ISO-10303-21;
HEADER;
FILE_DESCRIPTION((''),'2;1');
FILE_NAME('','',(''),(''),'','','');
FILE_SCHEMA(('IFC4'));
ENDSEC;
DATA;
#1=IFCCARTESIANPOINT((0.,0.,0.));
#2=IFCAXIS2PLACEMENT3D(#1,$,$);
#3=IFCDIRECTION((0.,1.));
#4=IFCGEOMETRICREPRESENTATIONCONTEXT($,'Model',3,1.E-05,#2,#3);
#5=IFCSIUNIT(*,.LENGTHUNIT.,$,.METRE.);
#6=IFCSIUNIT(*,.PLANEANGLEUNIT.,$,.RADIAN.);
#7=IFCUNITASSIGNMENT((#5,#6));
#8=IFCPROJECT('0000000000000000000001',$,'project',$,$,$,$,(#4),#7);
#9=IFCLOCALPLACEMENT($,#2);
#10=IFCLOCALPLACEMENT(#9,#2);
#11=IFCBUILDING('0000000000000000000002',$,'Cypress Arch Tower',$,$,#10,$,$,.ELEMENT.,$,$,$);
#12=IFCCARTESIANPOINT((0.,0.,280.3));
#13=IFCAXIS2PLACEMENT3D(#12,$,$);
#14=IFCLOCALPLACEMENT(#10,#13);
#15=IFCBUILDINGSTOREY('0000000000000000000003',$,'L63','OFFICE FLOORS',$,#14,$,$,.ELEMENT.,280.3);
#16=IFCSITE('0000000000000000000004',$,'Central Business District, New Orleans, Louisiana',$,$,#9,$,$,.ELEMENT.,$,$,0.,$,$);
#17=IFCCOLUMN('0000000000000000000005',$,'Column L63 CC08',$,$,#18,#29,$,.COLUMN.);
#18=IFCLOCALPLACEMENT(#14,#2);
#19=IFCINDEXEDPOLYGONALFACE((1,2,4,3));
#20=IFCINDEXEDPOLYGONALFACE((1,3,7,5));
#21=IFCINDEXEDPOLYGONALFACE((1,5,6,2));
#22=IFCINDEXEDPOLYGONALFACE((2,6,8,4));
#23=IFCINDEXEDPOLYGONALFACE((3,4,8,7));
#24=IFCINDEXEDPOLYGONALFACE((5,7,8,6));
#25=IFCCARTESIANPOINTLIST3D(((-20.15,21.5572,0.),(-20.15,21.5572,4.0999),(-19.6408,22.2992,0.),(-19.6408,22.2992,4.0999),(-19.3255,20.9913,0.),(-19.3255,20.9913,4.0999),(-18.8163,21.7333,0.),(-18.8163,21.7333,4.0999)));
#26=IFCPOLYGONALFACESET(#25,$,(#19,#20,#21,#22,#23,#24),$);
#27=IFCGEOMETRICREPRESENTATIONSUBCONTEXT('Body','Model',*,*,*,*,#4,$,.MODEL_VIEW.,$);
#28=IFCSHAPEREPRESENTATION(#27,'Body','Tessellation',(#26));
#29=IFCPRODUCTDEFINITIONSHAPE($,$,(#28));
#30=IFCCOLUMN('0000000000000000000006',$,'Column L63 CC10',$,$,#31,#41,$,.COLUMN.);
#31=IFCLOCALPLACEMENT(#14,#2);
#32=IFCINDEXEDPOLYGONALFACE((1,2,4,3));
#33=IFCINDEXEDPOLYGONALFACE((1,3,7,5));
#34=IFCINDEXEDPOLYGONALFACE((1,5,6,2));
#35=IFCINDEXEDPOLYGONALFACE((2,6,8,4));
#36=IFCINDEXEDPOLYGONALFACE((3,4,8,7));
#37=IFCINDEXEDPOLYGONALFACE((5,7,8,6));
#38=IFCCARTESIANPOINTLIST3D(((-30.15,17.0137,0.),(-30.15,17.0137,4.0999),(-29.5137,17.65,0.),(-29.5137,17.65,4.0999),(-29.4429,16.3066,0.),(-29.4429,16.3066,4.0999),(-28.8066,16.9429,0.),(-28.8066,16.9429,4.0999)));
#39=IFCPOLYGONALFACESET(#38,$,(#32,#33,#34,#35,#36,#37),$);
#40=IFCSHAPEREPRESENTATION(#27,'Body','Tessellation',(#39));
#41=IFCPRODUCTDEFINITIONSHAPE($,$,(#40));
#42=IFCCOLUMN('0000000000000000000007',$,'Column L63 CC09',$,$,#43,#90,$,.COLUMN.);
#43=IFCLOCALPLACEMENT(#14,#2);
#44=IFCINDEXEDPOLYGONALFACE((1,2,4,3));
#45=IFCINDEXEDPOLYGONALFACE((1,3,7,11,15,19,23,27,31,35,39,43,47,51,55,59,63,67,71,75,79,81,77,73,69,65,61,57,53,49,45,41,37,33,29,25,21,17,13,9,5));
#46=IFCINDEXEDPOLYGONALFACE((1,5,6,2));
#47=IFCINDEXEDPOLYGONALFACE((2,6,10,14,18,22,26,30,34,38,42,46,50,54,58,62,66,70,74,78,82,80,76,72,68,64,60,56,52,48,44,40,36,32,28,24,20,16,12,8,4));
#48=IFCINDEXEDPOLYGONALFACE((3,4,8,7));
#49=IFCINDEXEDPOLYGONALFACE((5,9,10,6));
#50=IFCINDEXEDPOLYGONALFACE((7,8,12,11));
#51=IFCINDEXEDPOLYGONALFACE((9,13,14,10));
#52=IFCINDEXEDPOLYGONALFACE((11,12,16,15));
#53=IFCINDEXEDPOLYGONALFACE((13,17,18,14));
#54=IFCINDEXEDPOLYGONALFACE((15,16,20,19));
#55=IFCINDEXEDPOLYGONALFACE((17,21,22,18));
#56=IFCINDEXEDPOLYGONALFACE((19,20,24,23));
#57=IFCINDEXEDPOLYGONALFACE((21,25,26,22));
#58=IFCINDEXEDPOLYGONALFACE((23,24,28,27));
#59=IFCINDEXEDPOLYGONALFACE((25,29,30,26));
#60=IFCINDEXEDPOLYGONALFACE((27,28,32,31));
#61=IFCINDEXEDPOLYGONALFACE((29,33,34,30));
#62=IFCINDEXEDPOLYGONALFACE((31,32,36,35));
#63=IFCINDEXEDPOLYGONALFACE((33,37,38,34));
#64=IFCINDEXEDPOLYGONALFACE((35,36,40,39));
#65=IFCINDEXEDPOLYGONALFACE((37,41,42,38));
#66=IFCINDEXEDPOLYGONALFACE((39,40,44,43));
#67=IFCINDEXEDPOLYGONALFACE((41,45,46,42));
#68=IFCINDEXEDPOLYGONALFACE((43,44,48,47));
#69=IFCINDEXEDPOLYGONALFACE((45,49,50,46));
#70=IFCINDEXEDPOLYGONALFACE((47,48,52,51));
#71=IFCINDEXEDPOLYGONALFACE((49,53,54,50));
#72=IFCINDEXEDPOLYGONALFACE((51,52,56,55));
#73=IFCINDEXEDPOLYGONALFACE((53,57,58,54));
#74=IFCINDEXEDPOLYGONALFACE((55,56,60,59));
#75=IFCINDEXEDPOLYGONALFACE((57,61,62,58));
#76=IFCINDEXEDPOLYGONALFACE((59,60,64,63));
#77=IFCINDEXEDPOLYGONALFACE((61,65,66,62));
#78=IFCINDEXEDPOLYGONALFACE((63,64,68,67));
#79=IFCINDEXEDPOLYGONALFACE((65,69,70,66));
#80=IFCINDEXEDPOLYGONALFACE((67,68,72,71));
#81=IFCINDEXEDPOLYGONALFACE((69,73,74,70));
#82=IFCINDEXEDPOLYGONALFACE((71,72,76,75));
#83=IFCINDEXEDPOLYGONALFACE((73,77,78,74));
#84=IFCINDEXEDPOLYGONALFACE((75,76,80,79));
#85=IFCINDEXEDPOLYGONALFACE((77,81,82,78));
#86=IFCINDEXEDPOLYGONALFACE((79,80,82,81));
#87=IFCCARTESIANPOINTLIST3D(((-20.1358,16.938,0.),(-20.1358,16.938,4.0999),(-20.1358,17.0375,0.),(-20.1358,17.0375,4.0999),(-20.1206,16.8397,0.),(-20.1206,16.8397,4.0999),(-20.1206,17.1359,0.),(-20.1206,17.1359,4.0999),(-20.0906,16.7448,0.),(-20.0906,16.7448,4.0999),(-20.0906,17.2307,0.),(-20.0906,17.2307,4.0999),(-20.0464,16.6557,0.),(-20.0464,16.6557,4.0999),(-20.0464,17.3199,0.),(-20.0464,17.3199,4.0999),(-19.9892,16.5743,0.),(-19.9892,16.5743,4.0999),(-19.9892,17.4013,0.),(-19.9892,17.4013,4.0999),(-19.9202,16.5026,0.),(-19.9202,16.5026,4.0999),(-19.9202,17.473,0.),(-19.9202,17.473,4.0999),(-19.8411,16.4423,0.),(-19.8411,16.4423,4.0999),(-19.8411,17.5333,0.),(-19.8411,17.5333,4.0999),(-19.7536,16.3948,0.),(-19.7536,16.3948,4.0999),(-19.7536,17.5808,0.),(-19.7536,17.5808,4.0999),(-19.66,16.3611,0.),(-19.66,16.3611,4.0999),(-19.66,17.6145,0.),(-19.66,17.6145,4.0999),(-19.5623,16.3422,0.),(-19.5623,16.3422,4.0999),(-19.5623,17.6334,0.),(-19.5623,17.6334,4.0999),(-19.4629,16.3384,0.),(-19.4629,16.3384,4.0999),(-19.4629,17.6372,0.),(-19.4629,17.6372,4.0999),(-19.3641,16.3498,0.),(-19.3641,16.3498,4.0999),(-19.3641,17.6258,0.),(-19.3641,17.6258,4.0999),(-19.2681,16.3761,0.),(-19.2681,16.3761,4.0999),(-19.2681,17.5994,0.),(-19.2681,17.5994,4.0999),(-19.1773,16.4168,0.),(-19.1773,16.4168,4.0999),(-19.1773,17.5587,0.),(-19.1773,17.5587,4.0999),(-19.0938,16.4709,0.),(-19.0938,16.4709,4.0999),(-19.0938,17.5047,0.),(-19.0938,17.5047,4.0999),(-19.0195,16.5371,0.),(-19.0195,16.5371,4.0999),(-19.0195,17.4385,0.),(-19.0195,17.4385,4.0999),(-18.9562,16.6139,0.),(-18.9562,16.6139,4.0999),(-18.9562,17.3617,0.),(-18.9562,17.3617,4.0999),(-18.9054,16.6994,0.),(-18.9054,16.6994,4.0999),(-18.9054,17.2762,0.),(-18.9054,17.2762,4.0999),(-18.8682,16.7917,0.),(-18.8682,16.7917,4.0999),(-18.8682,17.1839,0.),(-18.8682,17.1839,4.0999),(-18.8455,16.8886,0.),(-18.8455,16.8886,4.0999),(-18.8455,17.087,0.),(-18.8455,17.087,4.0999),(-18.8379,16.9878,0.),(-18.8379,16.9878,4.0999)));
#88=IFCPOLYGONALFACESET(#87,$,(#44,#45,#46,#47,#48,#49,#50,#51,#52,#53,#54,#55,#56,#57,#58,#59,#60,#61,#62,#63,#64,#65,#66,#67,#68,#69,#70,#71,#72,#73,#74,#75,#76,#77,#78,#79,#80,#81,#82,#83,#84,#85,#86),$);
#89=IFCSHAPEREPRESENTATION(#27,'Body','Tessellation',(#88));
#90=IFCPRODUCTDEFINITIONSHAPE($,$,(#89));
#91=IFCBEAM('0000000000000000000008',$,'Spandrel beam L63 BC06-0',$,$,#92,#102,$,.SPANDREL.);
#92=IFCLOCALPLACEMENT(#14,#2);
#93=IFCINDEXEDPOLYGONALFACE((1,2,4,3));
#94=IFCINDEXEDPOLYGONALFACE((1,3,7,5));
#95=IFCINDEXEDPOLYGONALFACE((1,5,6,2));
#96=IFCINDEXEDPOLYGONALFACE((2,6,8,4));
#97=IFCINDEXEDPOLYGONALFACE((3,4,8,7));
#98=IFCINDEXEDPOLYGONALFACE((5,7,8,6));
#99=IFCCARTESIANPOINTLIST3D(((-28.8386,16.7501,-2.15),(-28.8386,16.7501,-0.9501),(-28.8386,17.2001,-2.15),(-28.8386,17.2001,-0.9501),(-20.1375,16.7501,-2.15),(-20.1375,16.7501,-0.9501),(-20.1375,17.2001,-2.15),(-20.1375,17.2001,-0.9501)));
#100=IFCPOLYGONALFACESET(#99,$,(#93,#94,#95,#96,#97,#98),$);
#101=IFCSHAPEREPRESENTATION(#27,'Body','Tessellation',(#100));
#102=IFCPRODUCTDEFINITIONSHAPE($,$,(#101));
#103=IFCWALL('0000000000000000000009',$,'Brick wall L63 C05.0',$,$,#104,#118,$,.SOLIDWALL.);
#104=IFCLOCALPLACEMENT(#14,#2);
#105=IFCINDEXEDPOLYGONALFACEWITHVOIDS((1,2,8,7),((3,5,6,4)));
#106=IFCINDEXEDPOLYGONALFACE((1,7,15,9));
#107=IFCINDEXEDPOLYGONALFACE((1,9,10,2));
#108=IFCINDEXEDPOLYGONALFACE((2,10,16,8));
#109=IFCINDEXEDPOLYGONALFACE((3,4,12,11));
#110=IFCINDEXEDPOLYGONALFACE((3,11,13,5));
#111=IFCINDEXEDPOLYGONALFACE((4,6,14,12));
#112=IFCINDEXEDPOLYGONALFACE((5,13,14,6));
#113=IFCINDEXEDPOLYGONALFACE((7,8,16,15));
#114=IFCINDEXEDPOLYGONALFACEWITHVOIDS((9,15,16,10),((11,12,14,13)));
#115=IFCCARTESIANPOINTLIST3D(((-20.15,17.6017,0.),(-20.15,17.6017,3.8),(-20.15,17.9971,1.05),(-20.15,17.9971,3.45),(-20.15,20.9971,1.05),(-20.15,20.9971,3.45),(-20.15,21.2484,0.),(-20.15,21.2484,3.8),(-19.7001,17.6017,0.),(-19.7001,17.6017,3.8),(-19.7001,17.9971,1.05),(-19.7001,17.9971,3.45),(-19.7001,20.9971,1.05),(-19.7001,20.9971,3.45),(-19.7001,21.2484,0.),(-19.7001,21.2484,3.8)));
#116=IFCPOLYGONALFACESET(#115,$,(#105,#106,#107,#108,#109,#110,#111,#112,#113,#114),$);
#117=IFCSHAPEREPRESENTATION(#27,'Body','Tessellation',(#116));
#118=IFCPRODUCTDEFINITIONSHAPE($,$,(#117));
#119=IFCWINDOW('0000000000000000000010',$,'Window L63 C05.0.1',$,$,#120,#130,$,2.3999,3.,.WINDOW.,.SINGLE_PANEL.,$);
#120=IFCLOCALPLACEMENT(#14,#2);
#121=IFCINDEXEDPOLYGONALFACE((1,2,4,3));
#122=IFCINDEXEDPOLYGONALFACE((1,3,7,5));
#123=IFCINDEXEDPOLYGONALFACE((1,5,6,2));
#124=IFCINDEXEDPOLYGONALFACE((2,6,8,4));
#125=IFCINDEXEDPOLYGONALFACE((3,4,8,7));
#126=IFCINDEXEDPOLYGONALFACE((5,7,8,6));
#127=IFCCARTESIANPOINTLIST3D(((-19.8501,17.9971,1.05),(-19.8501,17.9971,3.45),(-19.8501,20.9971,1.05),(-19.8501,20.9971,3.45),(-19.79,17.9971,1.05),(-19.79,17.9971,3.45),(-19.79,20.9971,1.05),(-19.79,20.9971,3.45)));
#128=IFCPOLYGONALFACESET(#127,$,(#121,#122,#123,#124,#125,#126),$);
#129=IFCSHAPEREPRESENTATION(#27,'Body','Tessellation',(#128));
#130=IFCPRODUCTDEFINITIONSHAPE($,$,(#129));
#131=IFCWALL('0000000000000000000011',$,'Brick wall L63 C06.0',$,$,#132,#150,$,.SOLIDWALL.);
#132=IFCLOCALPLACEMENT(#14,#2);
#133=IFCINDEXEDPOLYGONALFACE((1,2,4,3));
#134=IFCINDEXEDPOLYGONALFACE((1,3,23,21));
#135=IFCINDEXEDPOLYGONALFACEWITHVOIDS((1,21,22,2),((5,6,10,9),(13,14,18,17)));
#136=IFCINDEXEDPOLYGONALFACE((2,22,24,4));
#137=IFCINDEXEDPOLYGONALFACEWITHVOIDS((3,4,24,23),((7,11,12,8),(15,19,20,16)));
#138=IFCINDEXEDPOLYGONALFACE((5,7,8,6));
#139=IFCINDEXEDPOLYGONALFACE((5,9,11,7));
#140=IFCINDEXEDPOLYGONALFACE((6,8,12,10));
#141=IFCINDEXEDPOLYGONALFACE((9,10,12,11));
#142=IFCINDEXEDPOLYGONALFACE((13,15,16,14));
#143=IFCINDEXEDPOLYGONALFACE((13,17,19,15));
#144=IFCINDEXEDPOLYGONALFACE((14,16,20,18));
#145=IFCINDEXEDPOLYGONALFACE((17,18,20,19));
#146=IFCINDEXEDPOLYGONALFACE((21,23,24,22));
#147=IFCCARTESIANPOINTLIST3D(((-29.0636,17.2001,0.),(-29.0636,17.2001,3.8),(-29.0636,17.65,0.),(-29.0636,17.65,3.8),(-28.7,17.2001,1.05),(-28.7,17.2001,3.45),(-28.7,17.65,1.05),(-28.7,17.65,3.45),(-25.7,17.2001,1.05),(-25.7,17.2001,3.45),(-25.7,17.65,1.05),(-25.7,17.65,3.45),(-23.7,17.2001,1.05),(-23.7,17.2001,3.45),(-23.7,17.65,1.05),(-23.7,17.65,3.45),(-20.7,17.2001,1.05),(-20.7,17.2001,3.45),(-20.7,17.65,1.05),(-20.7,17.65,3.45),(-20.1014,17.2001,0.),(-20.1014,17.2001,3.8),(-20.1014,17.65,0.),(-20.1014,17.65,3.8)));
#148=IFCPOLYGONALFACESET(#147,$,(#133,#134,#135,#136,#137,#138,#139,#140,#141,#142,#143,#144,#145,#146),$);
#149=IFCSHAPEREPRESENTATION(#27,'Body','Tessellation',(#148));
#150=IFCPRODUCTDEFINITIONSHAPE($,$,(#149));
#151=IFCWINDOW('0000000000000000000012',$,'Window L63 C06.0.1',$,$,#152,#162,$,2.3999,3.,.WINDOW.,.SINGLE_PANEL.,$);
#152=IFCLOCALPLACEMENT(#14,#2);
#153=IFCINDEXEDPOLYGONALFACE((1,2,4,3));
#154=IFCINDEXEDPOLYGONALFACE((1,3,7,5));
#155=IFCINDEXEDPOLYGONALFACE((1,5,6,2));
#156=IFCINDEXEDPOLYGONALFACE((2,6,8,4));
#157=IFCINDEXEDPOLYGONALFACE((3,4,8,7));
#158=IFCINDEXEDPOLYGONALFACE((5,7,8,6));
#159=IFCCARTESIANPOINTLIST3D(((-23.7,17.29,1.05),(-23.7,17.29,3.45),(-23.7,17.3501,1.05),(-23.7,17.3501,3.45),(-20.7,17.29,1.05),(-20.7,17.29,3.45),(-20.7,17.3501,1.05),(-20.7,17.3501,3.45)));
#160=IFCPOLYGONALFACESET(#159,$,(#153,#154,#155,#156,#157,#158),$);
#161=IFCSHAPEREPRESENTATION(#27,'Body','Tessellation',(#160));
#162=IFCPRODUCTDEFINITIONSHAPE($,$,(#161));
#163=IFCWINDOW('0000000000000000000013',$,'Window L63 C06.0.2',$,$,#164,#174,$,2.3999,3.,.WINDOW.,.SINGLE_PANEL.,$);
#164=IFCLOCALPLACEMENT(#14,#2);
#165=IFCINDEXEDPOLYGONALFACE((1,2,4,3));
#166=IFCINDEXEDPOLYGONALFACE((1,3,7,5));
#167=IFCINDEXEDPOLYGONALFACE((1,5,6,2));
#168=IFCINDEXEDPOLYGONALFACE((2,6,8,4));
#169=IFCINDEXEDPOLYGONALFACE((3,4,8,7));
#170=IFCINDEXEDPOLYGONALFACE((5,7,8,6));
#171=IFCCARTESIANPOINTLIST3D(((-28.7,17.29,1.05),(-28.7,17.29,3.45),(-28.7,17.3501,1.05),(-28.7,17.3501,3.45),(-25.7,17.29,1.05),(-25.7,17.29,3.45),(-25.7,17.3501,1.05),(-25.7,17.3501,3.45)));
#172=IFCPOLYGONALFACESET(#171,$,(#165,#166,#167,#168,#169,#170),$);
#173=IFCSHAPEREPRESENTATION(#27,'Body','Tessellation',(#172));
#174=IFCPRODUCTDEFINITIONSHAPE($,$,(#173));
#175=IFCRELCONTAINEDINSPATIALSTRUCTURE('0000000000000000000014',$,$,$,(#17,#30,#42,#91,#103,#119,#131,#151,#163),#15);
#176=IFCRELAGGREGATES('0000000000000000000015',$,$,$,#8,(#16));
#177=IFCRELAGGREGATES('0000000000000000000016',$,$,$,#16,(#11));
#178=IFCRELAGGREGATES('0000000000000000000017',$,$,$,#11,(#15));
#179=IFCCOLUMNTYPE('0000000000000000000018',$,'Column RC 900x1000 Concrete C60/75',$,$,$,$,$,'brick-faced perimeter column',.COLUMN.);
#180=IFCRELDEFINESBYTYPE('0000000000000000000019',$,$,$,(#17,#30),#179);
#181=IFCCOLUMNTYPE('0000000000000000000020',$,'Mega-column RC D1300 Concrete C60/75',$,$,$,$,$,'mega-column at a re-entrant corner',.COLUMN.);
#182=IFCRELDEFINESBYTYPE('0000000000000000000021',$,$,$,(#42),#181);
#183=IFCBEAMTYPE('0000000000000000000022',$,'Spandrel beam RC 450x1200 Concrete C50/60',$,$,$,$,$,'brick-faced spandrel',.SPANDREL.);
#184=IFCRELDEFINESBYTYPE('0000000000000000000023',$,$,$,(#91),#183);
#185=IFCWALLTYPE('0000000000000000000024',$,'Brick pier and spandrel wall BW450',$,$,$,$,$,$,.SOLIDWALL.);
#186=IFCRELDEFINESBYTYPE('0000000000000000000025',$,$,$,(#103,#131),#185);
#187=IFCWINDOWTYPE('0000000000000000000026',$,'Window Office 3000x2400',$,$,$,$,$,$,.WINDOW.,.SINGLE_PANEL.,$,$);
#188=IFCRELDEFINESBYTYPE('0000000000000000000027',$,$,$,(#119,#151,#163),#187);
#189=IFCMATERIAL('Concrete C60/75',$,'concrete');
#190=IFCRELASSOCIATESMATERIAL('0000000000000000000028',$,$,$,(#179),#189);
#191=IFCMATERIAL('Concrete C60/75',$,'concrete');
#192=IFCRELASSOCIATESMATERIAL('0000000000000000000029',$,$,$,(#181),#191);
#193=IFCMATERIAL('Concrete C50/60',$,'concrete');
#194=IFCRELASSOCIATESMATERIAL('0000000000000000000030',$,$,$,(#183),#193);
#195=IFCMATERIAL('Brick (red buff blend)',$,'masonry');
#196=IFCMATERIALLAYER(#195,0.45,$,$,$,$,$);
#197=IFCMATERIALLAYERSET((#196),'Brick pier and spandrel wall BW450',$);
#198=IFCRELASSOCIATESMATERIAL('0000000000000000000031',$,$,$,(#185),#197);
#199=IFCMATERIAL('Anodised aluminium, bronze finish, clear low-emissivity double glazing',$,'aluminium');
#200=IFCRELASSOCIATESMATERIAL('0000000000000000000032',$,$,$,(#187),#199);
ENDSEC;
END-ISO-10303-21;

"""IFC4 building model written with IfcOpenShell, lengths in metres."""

from ifc_helpers import new_model, si_unit, direction, frame, frame_2d, origin, origin_2d, place, context, subcontext, project, spatial, rectangle, circle, extrude, material, layer, layer_set, material_profile, profile_set, type_object, element, fill, save


model = new_model("IFC4")

# Units and contexts
model_context = context("Model", 3, precision=1e-05, world=origin(), true_north=direction((0.0, 1.0)))
body_context = subcontext(model_context, "Body", "Model", "MODEL_VIEW")
ifc_project = project(units=[si_unit("LENGTHUNIT", "METRE"), si_unit("PLANEANGLEUNIT", "RADIAN")], contexts=[model_context])

# Site, building, storey
site_placement = place(None, origin())
site = spatial("IfcSite", under=ifc_project, at=site_placement, Name="Central Business District, New Orleans, Louisiana", CompositionType="ELEMENT", RefElevation=0.0)
building_placement = place(site_placement, origin())
building = spatial("IfcBuilding", under=site, at=building_placement, Name="Cypress Arch Tower", CompositionType="ELEMENT")
storey_placement = place(building_placement, frame((0.0, 0.0, 280.3)))
storey = spatial("IfcBuildingStorey", under=building, at=storey_placement, Name="L63", Description="OFFICE FLOORS", CompositionType="ELEMENT", Elevation=280.3)

# Columns
ifc_material_1 = material(Name="Concrete C60/75", Category="concrete")
ifc_material_profile_1 = material_profile(ifc_material_1, rectangle(XDim=0.8999, YDim=1.0, at=origin_2d()), Name="RC 900x1000")
ifc_profile_set_1 = profile_set([ifc_material_profile_1], Name="Concrete C60/75")
column_type_1 = type_object("IfcColumnType", Name="Column RC 900x1000 Concrete C60/75", ElementType="brick-faced perimeter column", PredefinedType="COLUMN", material=ifc_profile_set_1)
for number, where, z_axis, x_axis, name in (
    (1, (-19.4832, 21.6453, 0.0), (0.0, 0.0, 1.0), (-0.565893, -0.824479, 0.0), "Column L63 CC08"),
    (2, (-29.4783, 16.9783, 0.0), (0.0, 0.0, 1.0), (-0.707107, -0.707107, 0.0), "Column L63 CC10"),
):
    element("IfcColumn", number, at=place(storey_placement, frame(where, z_axis=z_axis, x_axis=x_axis)), inside=storey, type_object=column_type_1, Name=name, PredefinedType="COLUMN", context=body_context, shape_type="SweptSolid", body=[
        extrude(rectangle(XDim=0.8999, YDim=1.0, at=origin_2d()), origin(), (0.0, 0.0, 1.0), 4.0999),
    ])
ifc_material_2 = material(Name="Concrete C60/75", Category="concrete")
ifc_material_profile_2 = material_profile(ifc_material_2, circle(Radius=0.6499, at=origin_2d()), Name="RC D1300")
ifc_profile_set_2 = profile_set([ifc_material_profile_2], Name="Concrete C60/75")
column_type_2 = type_object("IfcColumnType", Name="Mega-column RC D1300 Concrete C60/75", ElementType="mega-column at a re-entrant corner", PredefinedType="COLUMN", material=ifc_profile_set_2)
column_placement = place(storey_placement, frame((-19.4878, 16.9878, 0.0), z_axis=(0.0, 0.0, 1.0), x_axis=(1.0, 0.0, 0.0)))
element("IfcColumn", 3, at=column_placement, inside=storey, type_object=column_type_2, Name="Column L63 CC09", PredefinedType="COLUMN", context=body_context, shape_type="SweptSolid", body=[
    extrude(circle(Radius=0.6499, at=origin_2d()), origin(), (0.0, 0.0, 1.0), 4.0999),
])

# Beam
ifc_material_3 = material(Name="Concrete C50/60", Category="concrete")
ifc_material_profile_3 = material_profile(ifc_material_3, rectangle(XDim=0.45, YDim=1.2, at=origin_2d()), Name="RC 450x1200")
ifc_profile_set_3 = profile_set([ifc_material_profile_3], Name="Concrete C50/60")
beam_type = type_object("IfcBeamType", Name="Spandrel beam RC 450x1200 Concrete C50/60", ElementType="brick-faced spandrel", PredefinedType="SPANDREL", material=ifc_profile_set_3)
beam_placement = place(storey_placement, frame((-20.1375, 16.9751, -1.55), z_axis=(-1.0, 0.0, 0.0), x_axis=(0.0, -1.0, 0.0)))
element("IfcBeam", 4, at=beam_placement, inside=storey, type_object=beam_type, Name="Spandrel beam L63 BC06-0", PredefinedType="SPANDREL", context=body_context, shape_type="SweptSolid", body=[
    extrude(rectangle(XDim=0.45, YDim=1.2, at=origin_2d()), origin(), (0.0, 0.0, 1.0), 8.7012),
])

# Wall, opening, window
ifc_material_4 = material(Name="Brick (red buff blend)", Category="masonry")
ifc_layer_1 = layer(ifc_material_4, 0.45)
ifc_layer_set_1 = layer_set([ifc_layer_1], Name="Brick pier and spandrel wall BW450")
wall_type_1 = type_object("IfcWallType", Name="Brick pier and spandrel wall BW450", PredefinedType="SOLIDWALL", material=ifc_layer_set_1)
wall_1_placement = place(storey_placement, frame((-19.925, 21.2483, 0.0), z_axis=(0.0, 0.0, 1.0), x_axis=(0.0, -1.0, 0.0)))
wall_1 = element("IfcWall", 5, at=wall_1_placement, inside=storey, type_object=wall_type_1, Name="Brick wall L63 C05.0", PredefinedType="SOLIDWALL", context=body_context, shape_type="SweptSolid", body=[
    extrude(rectangle(XDim=3.6467, YDim=0.45, at=frame_2d((1.8232, 0.0))), origin(), (0.0, 0.0, 1.0), 3.8),
])
opening_1_placement = place(wall_1_placement, frame((0.2512, 0.0, 1.05)))
opening_1 = element("IfcOpeningElement", 6, at=opening_1_placement, cuts=wall_1, PredefinedType="OPENING", context=body_context, shape_type="SweptSolid", body=[
    extrude(rectangle(XDim=3.0, YDim=2.3999, at=frame_2d((1.5, 1.2))), frame((0.0, 0.2349, 0.0), z_axis=(0.0, -1.0, 0.0), x_axis=(1.0, 0.0, 0.0)), (0.0, 0.0, 1.0), 0.47),
])
ifc_material_5 = material(Name="Anodised aluminium, bronze finish, clear low-emissivity double glazing", Category="aluminium")
window_type = type_object("IfcWindowType", Name="Window Office 3000x2400", PartitioningType="SINGLE_PANEL", PredefinedType="WINDOW", material=ifc_material_5)
window_1_placement = place(opening_1_placement, origin())
window_1 = element("IfcWindow", 7, at=window_1_placement, inside=storey, type_object=window_type, Name="Window L63 C05.0.1", OverallHeight=2.3999, OverallWidth=3.0, PartitioningType="SINGLE_PANEL", PredefinedType="WINDOW", context=body_context, shape_type="SweptSolid", body=[
    extrude(rectangle(XDim=3.0, YDim=2.3999, at=frame_2d((1.5, 1.2))), frame((0.0, 0.135, 0.0), z_axis=(0.0, -1.0, 0.0), x_axis=(1.0, 0.0, 0.0)), (0.0, 0.0, 1.0), 0.0601),
])
fill(opening_1, window_1)

# Wall, openings, windows
wall_2_placement = place(storey_placement, frame((-20.1016, 17.425, 0.0), z_axis=(0.0, 0.0, 1.0), x_axis=(-1.0, 0.0, 0.0)))
wall_2 = element("IfcWall", 8, at=wall_2_placement, inside=storey, type_object=wall_type_1, Name="Brick wall L63 C06.0", PredefinedType="SOLIDWALL", context=body_context, shape_type="SweptSolid", body=[
    extrude(rectangle(XDim=8.9622, YDim=0.45, at=frame_2d((4.481, 0.0))), origin(), (0.0, 0.0, 1.0), 3.8),
])
opening_2_placement = place(wall_2_placement, frame((0.5984, 0.0, 1.05)))
opening_2 = element("IfcOpeningElement", 9, at=opening_2_placement, cuts=wall_2, PredefinedType="OPENING", context=body_context, shape_type="SweptSolid", body=[
    extrude(rectangle(XDim=3.0, YDim=2.3999, at=frame_2d((1.5, 1.2))), frame((0.0, 0.2349, 0.0), z_axis=(0.0, -1.0, 0.0), x_axis=(1.0, 0.0, 0.0)), (0.0, 0.0, 1.0), 0.47),
])
opening_3_placement = place(wall_2_placement, frame((5.5984, 0.0, 1.05)))
opening_3 = element("IfcOpeningElement", 10, at=opening_3_placement, cuts=wall_2, PredefinedType="OPENING", context=body_context, shape_type="SweptSolid", body=[
    extrude(rectangle(XDim=3.0, YDim=2.3999, at=frame_2d((1.5, 1.2))), frame((0.0, 0.2349, 0.0), z_axis=(0.0, -1.0, 0.0), x_axis=(1.0, 0.0, 0.0)), (0.0, 0.0, 1.0), 0.47),
])
window_2_placement = place(opening_2_placement, origin())
window_2 = element("IfcWindow", 11, at=window_2_placement, inside=storey, type_object=window_type, Name="Window L63 C06.0.1", OverallHeight=2.3999, OverallWidth=3.0, PartitioningType="SINGLE_PANEL", PredefinedType="WINDOW", context=body_context, shape_type="SweptSolid", body=[
    extrude(rectangle(XDim=3.0, YDim=2.3999, at=frame_2d((1.5, 1.2))), frame((0.0, 0.135, 0.0), z_axis=(0.0, -1.0, 0.0), x_axis=(1.0, 0.0, 0.0)), (0.0, 0.0, 1.0), 0.0601),
])
fill(opening_2, window_2)
window_3_placement = place(opening_3_placement, origin())
window_3 = element("IfcWindow", 12, at=window_3_placement, inside=storey, type_object=window_type, Name="Window L63 C06.0.2", OverallHeight=2.3999, OverallWidth=3.0, PartitioningType="SINGLE_PANEL", PredefinedType="WINDOW", context=body_context, shape_type="SweptSolid", body=[
    extrude(rectangle(XDim=3.0, YDim=2.3999, at=frame_2d((1.5, 1.2))), frame((0.0, 0.135, 0.0), z_axis=(0.0, -1.0, 0.0), x_axis=(1.0, 0.0, 0.0)), (0.0, 0.0, 1.0), 0.0601),
])
fill(opening_3, window_3)

save(model, "model.ifc")
